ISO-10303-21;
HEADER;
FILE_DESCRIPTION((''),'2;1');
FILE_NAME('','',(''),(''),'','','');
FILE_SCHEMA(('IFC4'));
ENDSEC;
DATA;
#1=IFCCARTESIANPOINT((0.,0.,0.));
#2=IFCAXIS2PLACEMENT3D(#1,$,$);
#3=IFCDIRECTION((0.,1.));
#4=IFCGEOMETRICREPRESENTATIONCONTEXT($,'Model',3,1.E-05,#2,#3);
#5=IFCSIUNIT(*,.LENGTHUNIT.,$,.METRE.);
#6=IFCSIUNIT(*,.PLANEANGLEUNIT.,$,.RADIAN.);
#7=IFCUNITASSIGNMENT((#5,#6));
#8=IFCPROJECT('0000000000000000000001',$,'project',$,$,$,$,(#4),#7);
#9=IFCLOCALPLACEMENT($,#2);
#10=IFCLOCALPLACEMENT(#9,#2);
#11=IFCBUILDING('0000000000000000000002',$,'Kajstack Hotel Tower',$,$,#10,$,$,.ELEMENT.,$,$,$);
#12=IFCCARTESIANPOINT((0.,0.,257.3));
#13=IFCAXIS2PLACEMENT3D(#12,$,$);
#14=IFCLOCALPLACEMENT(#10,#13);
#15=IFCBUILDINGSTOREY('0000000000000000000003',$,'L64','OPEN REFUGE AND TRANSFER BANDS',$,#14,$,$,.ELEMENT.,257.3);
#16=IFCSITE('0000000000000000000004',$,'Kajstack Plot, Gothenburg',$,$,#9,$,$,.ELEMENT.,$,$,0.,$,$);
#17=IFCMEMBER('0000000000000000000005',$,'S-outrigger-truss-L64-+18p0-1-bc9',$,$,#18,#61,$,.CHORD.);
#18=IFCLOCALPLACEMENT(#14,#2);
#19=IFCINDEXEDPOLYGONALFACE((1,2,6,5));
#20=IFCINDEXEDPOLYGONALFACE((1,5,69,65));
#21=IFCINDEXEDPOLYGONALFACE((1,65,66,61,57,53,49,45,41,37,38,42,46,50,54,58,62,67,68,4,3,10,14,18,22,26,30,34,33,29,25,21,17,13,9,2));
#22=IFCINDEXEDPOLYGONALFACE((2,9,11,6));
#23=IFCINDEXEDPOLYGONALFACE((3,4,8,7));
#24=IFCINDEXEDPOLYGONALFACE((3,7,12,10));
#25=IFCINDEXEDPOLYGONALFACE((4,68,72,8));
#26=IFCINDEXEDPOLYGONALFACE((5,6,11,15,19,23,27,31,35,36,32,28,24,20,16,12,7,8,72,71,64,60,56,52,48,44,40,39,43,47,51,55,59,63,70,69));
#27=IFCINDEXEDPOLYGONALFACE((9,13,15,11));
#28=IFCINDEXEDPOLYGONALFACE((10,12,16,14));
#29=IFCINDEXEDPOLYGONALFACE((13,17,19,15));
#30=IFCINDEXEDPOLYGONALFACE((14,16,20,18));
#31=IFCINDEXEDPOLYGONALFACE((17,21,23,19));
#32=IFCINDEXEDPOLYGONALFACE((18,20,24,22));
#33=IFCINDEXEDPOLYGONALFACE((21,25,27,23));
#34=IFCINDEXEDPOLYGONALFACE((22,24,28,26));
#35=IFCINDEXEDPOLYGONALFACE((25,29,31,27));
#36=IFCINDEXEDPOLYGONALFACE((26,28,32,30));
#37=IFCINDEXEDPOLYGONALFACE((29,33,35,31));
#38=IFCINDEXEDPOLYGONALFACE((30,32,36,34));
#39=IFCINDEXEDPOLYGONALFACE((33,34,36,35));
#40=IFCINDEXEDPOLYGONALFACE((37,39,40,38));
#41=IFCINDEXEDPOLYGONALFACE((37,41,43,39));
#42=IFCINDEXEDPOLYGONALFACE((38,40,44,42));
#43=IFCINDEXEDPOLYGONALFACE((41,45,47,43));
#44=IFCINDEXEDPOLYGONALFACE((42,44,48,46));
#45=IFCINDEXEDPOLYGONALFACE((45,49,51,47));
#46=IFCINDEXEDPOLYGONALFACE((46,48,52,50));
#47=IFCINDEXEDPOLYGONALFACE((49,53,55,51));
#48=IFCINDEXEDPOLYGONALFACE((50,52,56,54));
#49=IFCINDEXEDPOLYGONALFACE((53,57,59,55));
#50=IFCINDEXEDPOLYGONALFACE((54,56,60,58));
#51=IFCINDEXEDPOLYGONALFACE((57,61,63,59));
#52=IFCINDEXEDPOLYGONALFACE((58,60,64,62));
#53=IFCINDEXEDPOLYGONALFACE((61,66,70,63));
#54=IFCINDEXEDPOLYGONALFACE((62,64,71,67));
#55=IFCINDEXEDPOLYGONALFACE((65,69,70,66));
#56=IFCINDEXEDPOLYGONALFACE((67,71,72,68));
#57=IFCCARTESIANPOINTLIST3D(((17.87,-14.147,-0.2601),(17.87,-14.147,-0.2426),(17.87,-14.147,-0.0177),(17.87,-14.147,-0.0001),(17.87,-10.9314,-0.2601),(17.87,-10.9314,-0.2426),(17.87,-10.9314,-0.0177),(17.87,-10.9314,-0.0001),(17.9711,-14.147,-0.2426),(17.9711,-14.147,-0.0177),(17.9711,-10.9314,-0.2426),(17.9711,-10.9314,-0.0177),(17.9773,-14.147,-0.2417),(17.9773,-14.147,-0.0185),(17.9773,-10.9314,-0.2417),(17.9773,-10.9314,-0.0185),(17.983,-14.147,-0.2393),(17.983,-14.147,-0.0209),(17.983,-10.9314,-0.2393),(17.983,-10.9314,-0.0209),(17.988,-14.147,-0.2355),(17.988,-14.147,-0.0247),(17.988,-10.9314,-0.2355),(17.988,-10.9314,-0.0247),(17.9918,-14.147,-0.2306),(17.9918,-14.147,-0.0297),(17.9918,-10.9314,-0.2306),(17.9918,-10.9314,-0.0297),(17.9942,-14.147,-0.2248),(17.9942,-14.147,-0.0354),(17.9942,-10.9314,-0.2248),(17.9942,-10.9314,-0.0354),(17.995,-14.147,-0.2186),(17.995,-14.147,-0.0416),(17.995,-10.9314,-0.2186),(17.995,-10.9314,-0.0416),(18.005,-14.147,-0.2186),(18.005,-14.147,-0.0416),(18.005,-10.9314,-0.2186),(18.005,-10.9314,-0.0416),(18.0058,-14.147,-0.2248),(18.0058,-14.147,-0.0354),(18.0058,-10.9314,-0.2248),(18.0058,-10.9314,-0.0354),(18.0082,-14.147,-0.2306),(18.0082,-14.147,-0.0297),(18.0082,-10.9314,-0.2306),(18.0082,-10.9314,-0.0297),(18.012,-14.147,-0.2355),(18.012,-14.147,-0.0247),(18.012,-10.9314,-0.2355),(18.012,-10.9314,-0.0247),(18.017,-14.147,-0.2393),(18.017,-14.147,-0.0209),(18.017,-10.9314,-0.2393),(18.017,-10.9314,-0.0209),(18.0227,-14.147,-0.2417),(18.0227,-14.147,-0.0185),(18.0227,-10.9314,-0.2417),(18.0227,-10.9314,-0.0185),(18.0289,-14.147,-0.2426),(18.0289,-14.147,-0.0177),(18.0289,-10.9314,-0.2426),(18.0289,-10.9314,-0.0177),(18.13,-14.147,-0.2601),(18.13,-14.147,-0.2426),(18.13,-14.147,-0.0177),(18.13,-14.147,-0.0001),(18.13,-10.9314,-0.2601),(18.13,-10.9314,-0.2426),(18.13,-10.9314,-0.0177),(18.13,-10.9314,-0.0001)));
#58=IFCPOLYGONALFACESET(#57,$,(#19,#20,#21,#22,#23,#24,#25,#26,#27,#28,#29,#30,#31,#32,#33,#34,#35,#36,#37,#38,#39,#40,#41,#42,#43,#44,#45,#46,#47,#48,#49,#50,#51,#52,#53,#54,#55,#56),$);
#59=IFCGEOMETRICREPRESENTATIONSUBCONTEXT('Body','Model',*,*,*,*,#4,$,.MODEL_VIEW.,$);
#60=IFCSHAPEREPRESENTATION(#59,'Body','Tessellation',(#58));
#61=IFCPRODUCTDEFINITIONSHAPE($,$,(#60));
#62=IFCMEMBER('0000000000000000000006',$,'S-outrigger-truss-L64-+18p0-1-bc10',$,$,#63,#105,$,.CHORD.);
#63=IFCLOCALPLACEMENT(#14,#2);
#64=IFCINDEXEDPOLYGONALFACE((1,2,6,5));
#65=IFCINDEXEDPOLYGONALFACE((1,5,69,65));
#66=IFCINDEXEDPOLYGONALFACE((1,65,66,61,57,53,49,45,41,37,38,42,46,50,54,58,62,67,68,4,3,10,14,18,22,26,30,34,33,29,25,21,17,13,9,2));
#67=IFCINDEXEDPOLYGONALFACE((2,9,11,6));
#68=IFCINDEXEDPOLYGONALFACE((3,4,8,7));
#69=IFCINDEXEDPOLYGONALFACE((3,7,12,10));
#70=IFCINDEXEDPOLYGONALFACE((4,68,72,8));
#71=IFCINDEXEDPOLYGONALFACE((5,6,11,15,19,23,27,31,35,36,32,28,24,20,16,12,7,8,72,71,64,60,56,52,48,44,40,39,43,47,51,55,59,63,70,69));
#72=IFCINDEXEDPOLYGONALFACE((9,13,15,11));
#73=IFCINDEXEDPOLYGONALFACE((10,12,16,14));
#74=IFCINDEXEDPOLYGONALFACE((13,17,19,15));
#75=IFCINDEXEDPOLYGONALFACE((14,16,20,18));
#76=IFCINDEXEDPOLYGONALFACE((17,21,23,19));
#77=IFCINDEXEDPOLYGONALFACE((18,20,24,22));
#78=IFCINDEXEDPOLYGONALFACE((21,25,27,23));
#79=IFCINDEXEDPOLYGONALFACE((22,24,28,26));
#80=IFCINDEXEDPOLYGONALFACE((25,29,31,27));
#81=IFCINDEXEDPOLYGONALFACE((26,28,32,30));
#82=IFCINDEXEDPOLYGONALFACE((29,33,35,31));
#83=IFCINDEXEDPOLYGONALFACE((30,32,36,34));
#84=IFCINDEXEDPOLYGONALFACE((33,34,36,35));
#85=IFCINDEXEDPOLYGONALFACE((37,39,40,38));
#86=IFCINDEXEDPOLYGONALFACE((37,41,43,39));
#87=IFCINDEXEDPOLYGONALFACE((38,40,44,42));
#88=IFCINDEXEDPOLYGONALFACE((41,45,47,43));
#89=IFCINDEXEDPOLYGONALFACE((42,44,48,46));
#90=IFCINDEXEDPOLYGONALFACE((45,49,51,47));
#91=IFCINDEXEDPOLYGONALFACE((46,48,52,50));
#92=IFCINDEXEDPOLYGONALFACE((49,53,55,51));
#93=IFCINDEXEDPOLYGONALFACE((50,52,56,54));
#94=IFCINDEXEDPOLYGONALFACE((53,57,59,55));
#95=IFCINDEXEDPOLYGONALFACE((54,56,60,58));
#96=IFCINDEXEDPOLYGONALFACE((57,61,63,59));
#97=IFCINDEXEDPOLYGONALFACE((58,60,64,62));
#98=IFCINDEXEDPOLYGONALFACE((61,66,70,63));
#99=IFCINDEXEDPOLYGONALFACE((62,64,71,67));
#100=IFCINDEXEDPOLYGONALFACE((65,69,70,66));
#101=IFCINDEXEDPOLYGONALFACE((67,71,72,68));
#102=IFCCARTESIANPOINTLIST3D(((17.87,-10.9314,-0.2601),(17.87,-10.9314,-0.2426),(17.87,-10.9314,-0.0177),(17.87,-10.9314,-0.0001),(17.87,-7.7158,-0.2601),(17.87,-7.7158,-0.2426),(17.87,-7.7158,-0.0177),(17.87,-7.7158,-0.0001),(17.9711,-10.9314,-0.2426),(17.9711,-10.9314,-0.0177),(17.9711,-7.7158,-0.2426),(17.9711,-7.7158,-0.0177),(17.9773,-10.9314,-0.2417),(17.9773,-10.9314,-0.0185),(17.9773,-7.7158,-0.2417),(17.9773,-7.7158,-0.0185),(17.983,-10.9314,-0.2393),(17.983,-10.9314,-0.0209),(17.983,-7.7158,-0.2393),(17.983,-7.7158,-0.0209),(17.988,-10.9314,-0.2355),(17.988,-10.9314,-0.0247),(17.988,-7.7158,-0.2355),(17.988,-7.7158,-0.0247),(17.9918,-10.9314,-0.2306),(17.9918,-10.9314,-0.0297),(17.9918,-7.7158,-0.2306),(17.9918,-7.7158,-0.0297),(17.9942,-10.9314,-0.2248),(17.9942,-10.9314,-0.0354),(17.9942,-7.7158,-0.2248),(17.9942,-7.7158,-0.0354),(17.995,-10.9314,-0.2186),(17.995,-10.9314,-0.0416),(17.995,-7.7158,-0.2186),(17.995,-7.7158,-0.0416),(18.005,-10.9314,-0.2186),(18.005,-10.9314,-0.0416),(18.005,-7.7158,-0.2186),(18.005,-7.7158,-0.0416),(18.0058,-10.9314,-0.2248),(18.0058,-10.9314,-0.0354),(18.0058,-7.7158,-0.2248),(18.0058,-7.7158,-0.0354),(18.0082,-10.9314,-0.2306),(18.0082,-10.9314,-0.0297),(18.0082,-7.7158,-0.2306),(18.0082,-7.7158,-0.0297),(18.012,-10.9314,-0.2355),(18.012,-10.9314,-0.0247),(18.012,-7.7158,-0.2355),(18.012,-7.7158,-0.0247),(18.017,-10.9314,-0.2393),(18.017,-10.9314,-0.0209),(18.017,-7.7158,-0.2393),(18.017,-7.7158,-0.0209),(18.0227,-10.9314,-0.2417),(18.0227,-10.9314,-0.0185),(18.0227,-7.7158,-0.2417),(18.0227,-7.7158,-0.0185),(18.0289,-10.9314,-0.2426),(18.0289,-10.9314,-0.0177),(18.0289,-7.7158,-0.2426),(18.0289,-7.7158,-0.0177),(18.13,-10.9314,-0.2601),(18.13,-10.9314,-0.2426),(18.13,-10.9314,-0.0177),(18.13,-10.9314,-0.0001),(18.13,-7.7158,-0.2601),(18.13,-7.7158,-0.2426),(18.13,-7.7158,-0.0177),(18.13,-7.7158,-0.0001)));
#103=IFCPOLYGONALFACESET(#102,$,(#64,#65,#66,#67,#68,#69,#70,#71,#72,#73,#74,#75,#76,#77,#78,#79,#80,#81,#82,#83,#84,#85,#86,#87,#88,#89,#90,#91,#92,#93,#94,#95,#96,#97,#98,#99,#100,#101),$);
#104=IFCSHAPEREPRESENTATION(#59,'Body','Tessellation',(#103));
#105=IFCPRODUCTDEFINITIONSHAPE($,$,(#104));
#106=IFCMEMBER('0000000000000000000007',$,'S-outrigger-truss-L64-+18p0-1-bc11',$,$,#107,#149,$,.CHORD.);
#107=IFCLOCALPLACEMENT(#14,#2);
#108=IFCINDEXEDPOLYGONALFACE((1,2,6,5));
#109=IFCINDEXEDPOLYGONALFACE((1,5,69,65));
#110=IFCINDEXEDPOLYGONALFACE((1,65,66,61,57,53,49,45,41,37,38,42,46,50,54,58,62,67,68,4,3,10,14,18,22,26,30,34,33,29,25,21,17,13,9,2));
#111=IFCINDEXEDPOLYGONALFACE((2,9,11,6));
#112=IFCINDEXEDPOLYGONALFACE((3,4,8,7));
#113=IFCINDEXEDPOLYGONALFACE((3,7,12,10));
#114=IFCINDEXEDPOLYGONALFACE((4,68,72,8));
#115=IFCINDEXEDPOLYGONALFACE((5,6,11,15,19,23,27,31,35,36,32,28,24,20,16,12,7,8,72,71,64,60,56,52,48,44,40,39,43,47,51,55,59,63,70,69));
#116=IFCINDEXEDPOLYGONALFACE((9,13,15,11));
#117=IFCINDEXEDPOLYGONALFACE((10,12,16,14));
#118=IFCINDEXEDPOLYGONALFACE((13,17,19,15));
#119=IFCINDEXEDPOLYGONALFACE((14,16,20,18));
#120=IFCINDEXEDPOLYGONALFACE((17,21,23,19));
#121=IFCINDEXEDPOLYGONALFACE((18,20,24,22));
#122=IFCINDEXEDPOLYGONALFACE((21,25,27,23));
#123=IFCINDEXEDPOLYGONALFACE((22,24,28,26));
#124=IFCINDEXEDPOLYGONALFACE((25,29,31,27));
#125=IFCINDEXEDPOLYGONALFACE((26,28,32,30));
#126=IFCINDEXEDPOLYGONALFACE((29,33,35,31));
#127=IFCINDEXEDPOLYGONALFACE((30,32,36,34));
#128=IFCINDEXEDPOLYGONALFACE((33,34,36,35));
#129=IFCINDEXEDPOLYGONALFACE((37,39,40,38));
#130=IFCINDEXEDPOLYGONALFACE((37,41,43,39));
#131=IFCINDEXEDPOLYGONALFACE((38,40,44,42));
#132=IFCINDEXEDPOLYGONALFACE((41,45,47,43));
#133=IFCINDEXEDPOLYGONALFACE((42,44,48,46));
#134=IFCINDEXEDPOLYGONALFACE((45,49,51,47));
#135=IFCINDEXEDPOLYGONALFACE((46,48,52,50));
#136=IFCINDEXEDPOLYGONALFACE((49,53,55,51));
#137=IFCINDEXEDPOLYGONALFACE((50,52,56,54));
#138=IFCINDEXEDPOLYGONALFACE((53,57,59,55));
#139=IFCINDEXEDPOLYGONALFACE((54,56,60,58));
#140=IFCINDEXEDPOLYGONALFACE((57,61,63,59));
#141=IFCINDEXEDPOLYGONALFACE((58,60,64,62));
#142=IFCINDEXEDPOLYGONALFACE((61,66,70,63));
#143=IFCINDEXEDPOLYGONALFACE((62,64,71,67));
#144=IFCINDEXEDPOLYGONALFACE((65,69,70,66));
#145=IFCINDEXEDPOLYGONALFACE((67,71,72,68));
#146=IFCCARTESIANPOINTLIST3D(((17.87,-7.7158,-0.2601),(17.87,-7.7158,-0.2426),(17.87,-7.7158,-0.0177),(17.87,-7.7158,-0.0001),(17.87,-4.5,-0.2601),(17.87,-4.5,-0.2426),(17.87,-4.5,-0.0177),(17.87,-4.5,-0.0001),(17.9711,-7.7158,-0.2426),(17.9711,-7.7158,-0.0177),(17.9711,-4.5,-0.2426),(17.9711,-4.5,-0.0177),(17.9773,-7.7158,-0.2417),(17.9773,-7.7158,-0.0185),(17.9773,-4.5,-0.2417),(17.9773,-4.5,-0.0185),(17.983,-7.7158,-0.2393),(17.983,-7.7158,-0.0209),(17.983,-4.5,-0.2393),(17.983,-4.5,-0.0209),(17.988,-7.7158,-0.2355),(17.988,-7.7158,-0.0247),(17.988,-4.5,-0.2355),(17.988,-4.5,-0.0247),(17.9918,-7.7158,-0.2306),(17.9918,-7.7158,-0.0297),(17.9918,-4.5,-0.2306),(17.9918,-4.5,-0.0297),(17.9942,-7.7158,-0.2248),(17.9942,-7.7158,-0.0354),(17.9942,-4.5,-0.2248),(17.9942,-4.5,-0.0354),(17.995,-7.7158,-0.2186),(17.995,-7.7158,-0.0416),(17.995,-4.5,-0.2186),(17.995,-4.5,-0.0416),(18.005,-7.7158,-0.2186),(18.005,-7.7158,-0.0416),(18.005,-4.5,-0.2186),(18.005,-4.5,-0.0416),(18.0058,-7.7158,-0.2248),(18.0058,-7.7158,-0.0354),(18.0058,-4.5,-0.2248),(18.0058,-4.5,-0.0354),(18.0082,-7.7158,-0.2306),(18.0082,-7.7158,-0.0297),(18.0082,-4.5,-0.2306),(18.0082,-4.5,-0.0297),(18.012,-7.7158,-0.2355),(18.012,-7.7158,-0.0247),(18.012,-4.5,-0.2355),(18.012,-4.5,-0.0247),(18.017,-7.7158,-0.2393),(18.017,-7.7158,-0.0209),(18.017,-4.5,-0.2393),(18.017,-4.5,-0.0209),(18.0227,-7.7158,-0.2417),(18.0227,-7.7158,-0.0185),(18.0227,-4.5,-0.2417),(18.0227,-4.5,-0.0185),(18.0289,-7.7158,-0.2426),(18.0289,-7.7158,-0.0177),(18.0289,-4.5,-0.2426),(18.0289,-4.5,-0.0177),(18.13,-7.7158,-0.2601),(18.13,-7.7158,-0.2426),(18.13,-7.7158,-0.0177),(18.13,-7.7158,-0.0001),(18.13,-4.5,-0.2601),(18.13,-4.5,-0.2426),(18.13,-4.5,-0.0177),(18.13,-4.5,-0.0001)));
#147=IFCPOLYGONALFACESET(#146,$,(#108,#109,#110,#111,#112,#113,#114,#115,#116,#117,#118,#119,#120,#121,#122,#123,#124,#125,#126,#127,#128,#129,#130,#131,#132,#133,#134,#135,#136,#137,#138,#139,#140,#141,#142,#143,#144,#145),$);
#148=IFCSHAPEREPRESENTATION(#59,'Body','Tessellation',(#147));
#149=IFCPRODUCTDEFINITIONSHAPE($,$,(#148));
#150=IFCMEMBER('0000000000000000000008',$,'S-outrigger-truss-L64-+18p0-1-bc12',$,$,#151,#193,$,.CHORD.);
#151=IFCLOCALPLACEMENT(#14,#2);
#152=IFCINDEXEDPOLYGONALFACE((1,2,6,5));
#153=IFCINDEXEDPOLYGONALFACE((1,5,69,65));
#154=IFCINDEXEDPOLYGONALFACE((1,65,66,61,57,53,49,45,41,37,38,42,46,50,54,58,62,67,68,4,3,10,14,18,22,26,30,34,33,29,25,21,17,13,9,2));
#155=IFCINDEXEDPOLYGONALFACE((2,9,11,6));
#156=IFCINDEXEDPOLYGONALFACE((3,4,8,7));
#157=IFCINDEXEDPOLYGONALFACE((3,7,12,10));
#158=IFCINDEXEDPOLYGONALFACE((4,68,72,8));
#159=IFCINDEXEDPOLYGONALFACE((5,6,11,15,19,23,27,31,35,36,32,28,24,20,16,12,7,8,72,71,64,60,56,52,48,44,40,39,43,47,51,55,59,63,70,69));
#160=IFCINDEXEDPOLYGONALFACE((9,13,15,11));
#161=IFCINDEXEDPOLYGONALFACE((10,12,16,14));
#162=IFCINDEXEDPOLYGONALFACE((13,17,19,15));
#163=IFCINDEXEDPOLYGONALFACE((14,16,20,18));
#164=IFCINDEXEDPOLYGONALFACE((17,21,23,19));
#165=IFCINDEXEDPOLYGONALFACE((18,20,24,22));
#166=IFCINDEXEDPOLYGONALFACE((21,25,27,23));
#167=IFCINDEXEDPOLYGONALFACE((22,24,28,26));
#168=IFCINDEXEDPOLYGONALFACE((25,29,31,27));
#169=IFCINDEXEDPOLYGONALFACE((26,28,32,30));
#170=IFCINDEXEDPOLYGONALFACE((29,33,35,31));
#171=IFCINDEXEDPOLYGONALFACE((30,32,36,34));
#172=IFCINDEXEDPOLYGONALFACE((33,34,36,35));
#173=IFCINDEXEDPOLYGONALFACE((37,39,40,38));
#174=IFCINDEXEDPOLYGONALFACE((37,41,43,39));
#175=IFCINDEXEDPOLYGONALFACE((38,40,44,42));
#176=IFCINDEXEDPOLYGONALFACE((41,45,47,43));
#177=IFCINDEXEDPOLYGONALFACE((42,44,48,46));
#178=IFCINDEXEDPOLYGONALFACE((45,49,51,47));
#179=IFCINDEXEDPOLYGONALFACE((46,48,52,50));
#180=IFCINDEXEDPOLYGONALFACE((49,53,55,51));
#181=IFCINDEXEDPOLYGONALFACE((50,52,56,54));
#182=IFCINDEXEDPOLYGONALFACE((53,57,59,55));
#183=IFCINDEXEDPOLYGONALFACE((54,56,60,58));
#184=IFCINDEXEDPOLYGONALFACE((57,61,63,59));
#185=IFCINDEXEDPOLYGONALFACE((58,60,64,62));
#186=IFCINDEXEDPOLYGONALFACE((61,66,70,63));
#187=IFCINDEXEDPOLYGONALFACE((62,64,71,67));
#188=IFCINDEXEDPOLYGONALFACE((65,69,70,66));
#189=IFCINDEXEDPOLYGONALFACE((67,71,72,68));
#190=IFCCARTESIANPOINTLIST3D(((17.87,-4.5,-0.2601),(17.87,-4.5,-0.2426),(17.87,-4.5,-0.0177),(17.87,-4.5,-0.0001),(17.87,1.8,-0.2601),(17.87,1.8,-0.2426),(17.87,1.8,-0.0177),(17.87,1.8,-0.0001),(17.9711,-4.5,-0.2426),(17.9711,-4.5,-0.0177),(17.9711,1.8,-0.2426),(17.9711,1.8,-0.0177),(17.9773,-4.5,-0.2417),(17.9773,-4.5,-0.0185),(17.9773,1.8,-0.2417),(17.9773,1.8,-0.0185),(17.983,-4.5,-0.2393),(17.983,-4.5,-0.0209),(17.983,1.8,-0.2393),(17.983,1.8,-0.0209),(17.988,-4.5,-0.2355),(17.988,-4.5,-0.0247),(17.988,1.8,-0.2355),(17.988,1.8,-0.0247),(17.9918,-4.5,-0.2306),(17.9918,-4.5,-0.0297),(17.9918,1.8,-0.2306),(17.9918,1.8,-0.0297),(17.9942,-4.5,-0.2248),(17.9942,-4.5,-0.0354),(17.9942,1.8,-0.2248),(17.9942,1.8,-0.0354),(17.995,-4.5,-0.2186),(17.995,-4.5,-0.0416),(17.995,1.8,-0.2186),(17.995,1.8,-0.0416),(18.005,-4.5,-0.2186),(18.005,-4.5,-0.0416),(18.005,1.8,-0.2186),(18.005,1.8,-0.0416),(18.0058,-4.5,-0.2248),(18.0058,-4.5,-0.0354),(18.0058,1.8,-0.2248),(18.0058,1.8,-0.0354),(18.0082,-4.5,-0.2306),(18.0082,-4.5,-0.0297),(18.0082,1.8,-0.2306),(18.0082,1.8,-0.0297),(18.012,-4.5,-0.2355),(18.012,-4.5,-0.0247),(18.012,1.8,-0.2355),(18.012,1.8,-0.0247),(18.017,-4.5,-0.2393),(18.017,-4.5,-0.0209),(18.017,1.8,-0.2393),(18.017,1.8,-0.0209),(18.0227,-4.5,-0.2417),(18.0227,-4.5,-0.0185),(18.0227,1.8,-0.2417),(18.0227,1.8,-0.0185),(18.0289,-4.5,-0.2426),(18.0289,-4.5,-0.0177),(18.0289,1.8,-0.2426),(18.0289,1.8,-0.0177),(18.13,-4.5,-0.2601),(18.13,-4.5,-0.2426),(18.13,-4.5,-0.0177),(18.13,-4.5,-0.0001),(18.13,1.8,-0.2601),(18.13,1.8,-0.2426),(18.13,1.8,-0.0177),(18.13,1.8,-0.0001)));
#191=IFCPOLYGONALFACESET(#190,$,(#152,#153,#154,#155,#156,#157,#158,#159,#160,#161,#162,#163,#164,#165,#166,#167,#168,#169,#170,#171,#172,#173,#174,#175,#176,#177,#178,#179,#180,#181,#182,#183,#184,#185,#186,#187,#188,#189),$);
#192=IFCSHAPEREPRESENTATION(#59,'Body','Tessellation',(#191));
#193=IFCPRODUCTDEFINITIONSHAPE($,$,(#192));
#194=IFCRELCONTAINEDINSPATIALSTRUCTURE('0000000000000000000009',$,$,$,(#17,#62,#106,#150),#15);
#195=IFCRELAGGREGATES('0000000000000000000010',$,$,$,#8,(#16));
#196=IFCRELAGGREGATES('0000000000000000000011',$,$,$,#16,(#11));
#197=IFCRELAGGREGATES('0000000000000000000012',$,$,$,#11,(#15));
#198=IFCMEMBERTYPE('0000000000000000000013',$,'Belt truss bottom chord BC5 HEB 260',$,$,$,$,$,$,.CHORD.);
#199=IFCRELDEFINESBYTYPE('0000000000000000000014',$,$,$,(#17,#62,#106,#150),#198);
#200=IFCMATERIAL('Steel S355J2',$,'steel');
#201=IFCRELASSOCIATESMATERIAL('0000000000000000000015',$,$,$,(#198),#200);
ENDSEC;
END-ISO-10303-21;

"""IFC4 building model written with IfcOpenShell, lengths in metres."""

from ifc_helpers import new_model, si_unit, direction, frame, origin, origin_2d, place, context, subcontext, project, spatial, i_section, extrude, material, material_profile, profile_set, type_object, element, save


model = new_model("IFC4")

# Units and contexts
model_context = context("Model", 3, precision=1e-05, world=origin(), true_north=direction((0.0, 1.0)))
body_context = subcontext(model_context, "Body", "Model", "MODEL_VIEW")
ifc_project = project(units=[si_unit("LENGTHUNIT", "METRE"), si_unit("PLANEANGLEUNIT", "RADIAN")], contexts=[model_context])

# Site, building, storey
site_placement = place(None, origin())
site = spatial("IfcSite", under=ifc_project, at=site_placement, Name="Kajstack Plot, Gothenburg", CompositionType="ELEMENT", RefElevation=0.0)
building_placement = place(site_placement, origin())
building = spatial("IfcBuilding", under=site, at=building_placement, Name="Kajstack Hotel Tower", CompositionType="ELEMENT")
storey_placement = place(building_placement, frame((0.0, 0.0, 257.3)))
storey = spatial("IfcBuildingStorey", under=building, at=storey_placement, Name="L64", Description="OPEN REFUGE AND TRANSFER BANDS", CompositionType="ELEMENT", Elevation=257.3)

# Members
ifc_material = material(Name="Steel S355J2", Category="steel")
ifc_material_profile_1 = material_profile(ifc_material, i_section(OverallWidth=0.26, OverallDepth=0.26, WebThickness=0.01, FlangeThickness=0.0176, FilletRadius=0.0239, at=origin_2d()), Name="HEB 260")
ifc_profile_set_1 = profile_set([ifc_material_profile_1], Name="Steel S355J2")
member_type_1 = type_object("IfcMemberType", Name="Belt truss bottom chord BC5 HEB 260", PredefinedType="CHORD", material=ifc_profile_set_1)
for number, where, z_axis, x_axis, name in (
    (1, (18.0, -14.147, -0.1301), (0.0, 1.0, 0.0), (-1.0, 0.0, 0.0), "S-outrigger-truss-L64-+18p0-1-bc9"),
    (2, (18.0, -10.9314, -0.1301), (0.0, 1.0, 0.0), (-1.0, 0.0, 0.0), "S-outrigger-truss-L64-+18p0-1-bc10"),
):
    element("IfcMember", number, at=place(storey_placement, frame(where, z_axis=z_axis, x_axis=x_axis)), inside=storey, type_object=member_type_1, Name=name, PredefinedType="CHORD", context=body_context, shape_type="SweptSolid", body=[
        extrude(i_section(OverallWidth=0.26, OverallDepth=0.26, WebThickness=0.01, FlangeThickness=0.0176, FilletRadius=0.0239, at=origin_2d()), origin(), (0.0, 0.0, 1.0), 3.2156),
    ])
member_1_placement = place(storey_placement, frame((18.0, -7.7158, -0.1301), z_axis=(0.0, 1.0, 0.0), x_axis=(-1.0, 0.0, 0.0)))
element("IfcMember", 3, at=member_1_placement, inside=storey, type_object=member_type_1, Name="S-outrigger-truss-L64-+18p0-1-bc11", PredefinedType="CHORD", context=body_context, shape_type="SweptSolid", body=[
    extrude(i_section(OverallWidth=0.26, OverallDepth=0.26, WebThickness=0.01, FlangeThickness=0.0176, FilletRadius=0.0239, at=origin_2d()), origin(), (0.0, 0.0, 1.0), 3.2158),
])
member_2_placement = place(storey_placement, frame((18.0, -4.5, -0.1301), z_axis=(0.0, 1.0, 0.0), x_axis=(-1.0, 0.0, 0.0)))
element("IfcMember", 4, at=member_2_placement, inside=storey, type_object=member_type_1, Name="S-outrigger-truss-L64-+18p0-1-bc12", PredefinedType="CHORD", context=body_context, shape_type="SweptSolid", body=[
    extrude(i_section(OverallWidth=0.26, OverallDepth=0.26, WebThickness=0.01, FlangeThickness=0.0176, FilletRadius=0.0239, at=origin_2d()), origin(), (0.0, 0.0, 1.0), 6.3),
])

save(model, "model.ifc")
